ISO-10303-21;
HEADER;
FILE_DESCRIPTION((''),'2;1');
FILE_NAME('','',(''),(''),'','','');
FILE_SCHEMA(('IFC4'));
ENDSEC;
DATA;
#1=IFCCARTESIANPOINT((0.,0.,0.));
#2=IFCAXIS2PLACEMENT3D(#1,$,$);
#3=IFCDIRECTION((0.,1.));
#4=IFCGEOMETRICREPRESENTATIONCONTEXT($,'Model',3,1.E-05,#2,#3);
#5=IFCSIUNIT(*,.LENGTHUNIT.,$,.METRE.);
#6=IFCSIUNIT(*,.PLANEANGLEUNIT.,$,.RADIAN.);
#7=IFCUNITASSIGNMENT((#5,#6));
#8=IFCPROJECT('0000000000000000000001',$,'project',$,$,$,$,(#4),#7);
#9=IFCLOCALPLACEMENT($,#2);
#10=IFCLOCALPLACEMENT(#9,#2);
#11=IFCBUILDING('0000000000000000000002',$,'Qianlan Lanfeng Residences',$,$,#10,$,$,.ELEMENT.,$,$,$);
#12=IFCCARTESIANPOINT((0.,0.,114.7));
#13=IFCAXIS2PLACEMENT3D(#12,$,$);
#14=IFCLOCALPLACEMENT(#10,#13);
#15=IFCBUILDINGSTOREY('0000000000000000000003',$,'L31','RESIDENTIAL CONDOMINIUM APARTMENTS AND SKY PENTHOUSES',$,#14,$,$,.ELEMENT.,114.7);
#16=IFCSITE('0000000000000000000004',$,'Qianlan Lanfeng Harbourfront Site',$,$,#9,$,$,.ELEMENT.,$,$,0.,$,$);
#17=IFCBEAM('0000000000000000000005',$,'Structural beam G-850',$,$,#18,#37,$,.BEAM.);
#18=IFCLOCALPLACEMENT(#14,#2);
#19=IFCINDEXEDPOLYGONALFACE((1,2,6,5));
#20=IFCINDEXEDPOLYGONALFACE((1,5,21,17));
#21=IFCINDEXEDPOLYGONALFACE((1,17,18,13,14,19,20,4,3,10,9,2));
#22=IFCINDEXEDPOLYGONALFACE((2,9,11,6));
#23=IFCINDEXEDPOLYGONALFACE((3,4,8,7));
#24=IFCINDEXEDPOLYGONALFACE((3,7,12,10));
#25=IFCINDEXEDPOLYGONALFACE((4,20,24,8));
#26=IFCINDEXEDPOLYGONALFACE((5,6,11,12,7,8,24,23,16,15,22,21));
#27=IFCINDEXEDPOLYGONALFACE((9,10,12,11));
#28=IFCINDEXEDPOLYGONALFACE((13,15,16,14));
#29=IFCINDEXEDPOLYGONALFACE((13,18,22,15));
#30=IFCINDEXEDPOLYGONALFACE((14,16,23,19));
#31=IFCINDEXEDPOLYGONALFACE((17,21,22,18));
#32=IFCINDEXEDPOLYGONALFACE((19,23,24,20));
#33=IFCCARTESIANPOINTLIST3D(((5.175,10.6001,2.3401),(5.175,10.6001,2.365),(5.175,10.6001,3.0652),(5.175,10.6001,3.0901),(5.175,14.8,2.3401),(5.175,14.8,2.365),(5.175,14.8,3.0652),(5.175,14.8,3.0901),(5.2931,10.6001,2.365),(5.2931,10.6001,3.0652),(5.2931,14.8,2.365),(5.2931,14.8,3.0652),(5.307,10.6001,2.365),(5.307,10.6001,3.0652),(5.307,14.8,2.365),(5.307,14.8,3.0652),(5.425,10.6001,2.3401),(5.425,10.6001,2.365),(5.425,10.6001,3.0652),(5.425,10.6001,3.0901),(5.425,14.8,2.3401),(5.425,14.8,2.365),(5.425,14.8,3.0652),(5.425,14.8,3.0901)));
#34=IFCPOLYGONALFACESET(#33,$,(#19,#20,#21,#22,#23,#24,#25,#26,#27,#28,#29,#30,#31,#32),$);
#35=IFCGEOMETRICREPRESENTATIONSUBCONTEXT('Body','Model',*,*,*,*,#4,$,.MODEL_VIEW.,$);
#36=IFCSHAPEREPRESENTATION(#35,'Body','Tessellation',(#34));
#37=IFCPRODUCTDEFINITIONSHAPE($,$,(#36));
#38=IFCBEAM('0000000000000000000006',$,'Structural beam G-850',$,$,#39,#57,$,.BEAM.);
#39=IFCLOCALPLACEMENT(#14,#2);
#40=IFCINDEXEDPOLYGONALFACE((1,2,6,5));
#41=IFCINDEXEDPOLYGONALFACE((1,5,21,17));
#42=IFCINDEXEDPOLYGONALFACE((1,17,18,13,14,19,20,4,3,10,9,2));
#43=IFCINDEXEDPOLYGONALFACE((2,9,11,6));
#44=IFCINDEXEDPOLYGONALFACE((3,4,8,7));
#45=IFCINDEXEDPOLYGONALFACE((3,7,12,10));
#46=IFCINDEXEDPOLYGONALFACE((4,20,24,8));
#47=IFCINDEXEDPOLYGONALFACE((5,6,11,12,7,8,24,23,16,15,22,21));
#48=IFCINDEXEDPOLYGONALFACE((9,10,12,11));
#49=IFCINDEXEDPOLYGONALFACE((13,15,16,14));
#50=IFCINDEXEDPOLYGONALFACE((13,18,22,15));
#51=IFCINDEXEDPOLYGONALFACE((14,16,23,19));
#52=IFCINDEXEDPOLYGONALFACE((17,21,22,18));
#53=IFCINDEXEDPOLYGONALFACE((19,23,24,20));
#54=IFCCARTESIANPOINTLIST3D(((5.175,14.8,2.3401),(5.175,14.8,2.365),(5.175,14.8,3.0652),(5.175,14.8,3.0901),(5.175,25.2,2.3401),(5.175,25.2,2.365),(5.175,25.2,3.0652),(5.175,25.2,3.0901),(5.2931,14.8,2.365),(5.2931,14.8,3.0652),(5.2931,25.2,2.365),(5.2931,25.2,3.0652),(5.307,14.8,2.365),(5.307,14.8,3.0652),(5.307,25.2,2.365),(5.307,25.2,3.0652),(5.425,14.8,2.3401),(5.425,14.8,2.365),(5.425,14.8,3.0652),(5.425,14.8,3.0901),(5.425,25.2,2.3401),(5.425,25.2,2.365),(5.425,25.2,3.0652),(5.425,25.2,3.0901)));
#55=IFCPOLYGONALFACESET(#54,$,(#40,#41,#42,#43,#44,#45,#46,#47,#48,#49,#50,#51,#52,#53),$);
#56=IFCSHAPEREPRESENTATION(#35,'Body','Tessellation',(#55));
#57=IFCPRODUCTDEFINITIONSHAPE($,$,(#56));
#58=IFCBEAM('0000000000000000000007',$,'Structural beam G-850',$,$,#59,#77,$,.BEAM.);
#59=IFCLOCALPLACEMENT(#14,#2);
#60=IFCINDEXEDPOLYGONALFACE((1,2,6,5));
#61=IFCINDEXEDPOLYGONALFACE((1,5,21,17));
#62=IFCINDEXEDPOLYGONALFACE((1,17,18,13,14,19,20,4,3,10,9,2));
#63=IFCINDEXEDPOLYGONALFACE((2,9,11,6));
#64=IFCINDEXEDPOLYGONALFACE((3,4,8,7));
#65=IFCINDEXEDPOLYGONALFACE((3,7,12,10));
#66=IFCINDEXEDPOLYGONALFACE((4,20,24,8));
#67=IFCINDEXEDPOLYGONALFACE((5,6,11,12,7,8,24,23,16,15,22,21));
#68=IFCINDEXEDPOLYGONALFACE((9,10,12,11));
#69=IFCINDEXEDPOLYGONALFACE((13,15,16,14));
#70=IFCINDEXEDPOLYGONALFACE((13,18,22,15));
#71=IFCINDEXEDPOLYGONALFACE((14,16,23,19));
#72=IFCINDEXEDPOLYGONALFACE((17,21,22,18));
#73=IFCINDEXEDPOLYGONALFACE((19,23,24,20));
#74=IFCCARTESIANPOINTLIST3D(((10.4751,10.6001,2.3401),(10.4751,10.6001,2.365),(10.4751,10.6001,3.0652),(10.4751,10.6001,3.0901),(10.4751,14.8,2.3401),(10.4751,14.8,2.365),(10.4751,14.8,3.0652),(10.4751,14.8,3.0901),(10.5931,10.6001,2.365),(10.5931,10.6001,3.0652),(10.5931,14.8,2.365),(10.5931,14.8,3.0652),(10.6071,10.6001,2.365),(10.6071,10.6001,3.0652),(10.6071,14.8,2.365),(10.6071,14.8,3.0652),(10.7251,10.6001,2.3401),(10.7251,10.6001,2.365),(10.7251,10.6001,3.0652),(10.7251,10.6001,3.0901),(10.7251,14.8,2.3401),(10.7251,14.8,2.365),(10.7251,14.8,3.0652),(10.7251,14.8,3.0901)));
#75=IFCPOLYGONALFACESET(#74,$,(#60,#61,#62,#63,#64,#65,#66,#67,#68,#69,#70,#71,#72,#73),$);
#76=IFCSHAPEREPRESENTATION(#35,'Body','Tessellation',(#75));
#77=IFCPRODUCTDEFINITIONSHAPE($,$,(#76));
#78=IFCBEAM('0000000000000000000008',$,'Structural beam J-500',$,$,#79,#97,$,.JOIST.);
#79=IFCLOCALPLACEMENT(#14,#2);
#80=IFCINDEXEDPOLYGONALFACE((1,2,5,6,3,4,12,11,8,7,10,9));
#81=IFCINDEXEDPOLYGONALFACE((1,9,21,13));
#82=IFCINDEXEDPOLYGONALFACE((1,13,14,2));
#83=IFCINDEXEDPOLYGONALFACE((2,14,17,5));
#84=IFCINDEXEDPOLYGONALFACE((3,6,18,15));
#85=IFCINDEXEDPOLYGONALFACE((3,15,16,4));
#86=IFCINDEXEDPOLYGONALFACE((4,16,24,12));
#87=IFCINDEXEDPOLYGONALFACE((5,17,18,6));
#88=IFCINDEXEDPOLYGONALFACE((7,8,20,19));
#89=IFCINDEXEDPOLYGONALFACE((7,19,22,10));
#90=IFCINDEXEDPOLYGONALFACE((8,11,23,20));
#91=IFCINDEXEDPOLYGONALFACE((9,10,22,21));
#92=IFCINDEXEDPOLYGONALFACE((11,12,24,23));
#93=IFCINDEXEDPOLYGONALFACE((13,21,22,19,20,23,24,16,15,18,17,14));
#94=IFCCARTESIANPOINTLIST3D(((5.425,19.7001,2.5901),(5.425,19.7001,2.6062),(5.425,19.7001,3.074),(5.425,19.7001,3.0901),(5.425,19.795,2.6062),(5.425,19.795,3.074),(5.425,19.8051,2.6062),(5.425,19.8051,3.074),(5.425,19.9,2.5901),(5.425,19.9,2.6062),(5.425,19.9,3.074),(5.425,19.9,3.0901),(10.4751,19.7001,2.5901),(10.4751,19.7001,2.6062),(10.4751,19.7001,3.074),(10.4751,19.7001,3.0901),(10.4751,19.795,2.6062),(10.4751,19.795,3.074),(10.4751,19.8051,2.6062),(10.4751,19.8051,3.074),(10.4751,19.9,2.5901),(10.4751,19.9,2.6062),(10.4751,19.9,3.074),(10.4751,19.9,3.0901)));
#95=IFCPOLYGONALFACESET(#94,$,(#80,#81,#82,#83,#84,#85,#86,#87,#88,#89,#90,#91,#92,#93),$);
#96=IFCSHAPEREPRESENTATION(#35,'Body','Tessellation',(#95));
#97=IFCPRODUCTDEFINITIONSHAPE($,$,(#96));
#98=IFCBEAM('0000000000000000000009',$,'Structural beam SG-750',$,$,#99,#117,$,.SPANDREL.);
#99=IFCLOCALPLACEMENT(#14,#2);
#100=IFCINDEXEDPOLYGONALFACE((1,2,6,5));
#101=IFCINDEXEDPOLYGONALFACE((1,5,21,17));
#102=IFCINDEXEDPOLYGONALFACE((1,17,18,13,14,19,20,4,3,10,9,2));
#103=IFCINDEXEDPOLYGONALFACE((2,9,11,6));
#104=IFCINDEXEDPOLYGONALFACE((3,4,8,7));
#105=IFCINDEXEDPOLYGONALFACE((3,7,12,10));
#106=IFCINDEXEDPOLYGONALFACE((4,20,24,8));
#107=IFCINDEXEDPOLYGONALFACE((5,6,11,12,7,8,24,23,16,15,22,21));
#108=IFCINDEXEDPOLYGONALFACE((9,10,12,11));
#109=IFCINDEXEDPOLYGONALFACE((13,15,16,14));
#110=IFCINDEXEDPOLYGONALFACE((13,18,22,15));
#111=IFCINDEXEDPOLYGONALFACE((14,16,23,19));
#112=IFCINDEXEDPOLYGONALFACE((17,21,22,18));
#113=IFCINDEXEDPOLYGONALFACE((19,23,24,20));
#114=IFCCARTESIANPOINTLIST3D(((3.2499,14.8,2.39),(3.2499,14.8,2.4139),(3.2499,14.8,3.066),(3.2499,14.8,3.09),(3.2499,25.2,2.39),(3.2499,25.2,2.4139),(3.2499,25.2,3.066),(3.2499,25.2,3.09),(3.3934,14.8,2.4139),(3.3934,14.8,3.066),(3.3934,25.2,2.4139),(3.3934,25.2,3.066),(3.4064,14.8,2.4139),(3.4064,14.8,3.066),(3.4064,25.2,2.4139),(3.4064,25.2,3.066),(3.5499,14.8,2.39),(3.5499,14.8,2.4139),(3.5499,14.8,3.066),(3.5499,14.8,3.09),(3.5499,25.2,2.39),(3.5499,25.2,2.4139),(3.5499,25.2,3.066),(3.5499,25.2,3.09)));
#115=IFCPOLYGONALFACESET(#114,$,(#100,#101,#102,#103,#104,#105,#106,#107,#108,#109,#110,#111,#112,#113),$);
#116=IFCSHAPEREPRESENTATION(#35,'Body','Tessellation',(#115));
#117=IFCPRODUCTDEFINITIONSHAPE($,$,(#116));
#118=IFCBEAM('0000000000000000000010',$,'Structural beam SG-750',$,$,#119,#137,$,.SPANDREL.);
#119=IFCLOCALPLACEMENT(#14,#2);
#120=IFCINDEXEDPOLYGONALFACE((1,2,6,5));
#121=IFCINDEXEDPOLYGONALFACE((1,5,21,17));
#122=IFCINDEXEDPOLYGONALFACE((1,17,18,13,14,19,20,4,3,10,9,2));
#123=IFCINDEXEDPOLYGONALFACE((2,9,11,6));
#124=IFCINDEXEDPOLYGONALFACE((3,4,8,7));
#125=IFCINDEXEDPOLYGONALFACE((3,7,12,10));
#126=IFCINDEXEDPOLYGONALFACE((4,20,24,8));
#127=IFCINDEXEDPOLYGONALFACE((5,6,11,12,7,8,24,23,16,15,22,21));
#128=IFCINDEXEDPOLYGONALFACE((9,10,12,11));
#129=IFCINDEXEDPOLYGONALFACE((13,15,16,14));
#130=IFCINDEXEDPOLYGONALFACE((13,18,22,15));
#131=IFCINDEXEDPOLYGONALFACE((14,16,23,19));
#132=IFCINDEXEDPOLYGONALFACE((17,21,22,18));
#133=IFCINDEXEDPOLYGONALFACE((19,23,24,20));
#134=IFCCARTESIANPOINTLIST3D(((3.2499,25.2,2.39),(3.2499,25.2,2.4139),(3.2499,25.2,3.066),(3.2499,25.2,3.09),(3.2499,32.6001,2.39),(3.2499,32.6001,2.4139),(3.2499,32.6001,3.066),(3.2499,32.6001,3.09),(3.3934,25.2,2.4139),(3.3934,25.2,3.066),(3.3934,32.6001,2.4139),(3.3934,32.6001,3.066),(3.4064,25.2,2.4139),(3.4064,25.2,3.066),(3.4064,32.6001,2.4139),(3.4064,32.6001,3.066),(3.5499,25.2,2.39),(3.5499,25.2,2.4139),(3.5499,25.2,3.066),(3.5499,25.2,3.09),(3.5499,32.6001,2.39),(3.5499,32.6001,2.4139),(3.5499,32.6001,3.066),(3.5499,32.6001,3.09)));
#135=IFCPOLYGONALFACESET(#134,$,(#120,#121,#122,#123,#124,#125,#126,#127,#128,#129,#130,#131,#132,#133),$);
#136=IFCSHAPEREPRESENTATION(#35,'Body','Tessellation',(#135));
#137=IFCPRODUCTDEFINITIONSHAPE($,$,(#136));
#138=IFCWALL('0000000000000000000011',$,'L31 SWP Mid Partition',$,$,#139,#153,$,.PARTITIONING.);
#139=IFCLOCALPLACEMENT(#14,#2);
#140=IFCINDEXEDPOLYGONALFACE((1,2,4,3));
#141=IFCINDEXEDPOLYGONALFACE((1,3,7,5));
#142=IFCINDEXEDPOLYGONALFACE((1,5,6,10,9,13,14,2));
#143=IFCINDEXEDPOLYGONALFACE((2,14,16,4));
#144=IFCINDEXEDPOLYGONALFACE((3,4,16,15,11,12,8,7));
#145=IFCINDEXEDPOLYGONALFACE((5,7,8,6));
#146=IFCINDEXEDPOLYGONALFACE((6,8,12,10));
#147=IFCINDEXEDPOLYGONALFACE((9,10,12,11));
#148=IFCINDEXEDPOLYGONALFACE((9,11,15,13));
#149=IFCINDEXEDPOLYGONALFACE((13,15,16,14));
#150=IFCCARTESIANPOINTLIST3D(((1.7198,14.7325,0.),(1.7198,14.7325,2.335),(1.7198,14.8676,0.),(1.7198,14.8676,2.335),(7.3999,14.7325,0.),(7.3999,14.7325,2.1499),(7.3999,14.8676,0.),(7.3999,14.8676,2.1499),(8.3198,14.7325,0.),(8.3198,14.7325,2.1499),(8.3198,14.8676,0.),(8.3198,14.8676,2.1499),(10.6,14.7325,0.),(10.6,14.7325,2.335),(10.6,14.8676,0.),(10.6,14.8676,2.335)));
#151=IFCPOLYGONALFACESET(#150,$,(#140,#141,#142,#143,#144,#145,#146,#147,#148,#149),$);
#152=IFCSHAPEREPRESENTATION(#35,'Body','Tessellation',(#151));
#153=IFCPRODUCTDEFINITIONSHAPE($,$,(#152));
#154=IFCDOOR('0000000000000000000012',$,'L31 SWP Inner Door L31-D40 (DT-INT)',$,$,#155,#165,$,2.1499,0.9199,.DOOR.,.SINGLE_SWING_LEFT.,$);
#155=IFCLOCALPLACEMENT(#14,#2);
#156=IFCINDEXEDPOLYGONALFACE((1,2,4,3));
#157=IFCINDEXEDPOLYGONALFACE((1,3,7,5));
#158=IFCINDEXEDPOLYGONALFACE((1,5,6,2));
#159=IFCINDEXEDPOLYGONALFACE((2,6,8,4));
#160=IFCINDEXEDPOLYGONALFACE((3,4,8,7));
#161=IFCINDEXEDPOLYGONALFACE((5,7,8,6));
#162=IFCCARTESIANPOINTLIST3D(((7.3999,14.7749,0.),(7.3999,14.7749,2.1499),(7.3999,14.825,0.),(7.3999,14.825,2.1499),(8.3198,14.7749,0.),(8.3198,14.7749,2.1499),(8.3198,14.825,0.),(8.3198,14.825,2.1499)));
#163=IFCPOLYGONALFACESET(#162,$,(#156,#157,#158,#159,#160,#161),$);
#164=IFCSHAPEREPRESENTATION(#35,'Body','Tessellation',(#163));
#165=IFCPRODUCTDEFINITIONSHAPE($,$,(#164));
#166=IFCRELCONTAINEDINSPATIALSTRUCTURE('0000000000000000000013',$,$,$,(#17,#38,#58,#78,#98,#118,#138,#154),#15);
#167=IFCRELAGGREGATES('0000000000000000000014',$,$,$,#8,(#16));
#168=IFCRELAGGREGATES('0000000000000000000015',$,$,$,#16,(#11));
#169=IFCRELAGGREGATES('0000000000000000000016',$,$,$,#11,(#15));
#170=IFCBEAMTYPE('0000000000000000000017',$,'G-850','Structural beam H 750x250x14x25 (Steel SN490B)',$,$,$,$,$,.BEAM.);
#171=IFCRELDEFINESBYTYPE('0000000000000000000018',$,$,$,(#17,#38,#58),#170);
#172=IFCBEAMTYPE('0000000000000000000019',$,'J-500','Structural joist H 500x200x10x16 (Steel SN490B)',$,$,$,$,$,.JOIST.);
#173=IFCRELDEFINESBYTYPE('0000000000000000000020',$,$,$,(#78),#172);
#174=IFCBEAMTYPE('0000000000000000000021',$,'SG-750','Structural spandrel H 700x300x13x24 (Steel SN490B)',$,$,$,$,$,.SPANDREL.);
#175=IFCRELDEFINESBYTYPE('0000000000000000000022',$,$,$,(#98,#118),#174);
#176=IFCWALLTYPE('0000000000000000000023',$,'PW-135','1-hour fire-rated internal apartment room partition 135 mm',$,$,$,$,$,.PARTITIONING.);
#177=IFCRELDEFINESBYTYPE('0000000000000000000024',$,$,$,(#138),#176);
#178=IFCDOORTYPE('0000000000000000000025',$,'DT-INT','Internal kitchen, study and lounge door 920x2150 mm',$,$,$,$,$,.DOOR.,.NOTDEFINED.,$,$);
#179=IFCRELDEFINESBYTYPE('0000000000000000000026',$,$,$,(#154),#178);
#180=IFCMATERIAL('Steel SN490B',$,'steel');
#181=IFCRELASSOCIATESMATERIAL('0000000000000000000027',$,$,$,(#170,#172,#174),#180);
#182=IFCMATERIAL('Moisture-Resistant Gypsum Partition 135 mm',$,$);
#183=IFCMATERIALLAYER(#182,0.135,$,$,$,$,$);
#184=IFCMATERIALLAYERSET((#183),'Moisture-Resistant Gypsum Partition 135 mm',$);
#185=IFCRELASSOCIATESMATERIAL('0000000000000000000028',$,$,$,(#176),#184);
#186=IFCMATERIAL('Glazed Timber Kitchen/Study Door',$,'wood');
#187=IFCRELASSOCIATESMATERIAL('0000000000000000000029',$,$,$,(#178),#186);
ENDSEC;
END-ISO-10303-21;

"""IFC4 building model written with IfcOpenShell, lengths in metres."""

from ifc_helpers import new_model, si_unit, direction, frame, frame_2d, origin, origin_2d, place, context, subcontext, project, spatial, rectangle, i_section, extrude, material, layer, layer_set, material_profile, profile_set, type_object, element, fill, save


model = new_model("IFC4")

# Units and contexts
model_context = context("Model", 3, precision=1e-05, world=origin(), true_north=direction((0.0, 1.0)))
body_context = subcontext(model_context, "Body", "Model", "MODEL_VIEW")
ifc_project = project(units=[si_unit("LENGTHUNIT", "METRE"), si_unit("PLANEANGLEUNIT", "RADIAN")], contexts=[model_context])

# Site, building, storey
site_placement = place(None, origin())
site = spatial("IfcSite", under=ifc_project, at=site_placement, Name="Qianlan Lanfeng Harbourfront Site", CompositionType="ELEMENT", RefElevation=0.0)
building_placement = place(site_placement, origin())
building = spatial("IfcBuilding", under=site, at=building_placement, Name="Qianlan Lanfeng Residences", CompositionType="ELEMENT")
storey_placement = place(building_placement, frame((0.0, 0.0, 114.7)))
storey = spatial("IfcBuildingStorey", under=building, at=storey_placement, Name="L31", Description="RESIDENTIAL CONDOMINIUM APARTMENTS AND SKY PENTHOUSES", CompositionType="ELEMENT", Elevation=114.7)

# Shared definitions
ifc_material_1 = material(Name="Steel SN490B", Category="steel")

# Beams
ifc_material_profile_1 = material_profile(ifc_material_1, i_section(OverallWidth=0.25, OverallDepth=0.75, WebThickness=0.0139, FlangeThickness=0.0249, at=origin_2d()), Name="H 750x250x14x25")
ifc_profile_set_1 = profile_set([ifc_material_profile_1], Name="Steel SN490B")
beam_type_1 = type_object("IfcBeamType", Name="G-850", Description="Structural beam H 750x250x14x25 (Steel SN490B)", PredefinedType="BEAM", material=ifc_profile_set_1)
beam_1_placement = place(storey_placement, frame((5.3, 10.6001, 2.7151), z_axis=(0.0, 1.0, 0.0), x_axis=(-1.0, 0.0, 0.0)))
element("IfcBeam", 1, at=beam_1_placement, inside=storey, type_object=beam_type_1, Name="Structural beam G-850", PredefinedType="BEAM", context=body_context, shape_type="SweptSolid", body=[
    extrude(i_section(OverallWidth=0.25, OverallDepth=0.75, WebThickness=0.0139, FlangeThickness=0.0249, at=origin_2d()), origin(), (0.0, 0.0, 1.0), 4.2),
])
beam_2_placement = place(storey_placement, frame((5.3, 14.8, 2.7151), z_axis=(0.0, 1.0, 0.0), x_axis=(-1.0, 0.0, 0.0)))
element("IfcBeam", 2, at=beam_2_placement, inside=storey, type_object=beam_type_1, Name="Structural beam G-850", PredefinedType="BEAM", context=body_context, shape_type="SweptSolid", body=[
    extrude(i_section(OverallWidth=0.25, OverallDepth=0.75, WebThickness=0.0139, FlangeThickness=0.0249, at=origin_2d()), origin(), (0.0, 0.0, 1.0), 10.3999),
])
beam_3_placement = place(storey_placement, frame((10.6001, 10.6001, 2.7151), z_axis=(0.0, 1.0, 0.0), x_axis=(-1.0, 0.0, 0.0)))
element("IfcBeam", 3, at=beam_3_placement, inside=storey, type_object=beam_type_1, Name="Structural beam G-850", PredefinedType="BEAM", context=body_context, shape_type="SweptSolid", body=[
    extrude(i_section(OverallWidth=0.25, OverallDepth=0.75, WebThickness=0.0139, FlangeThickness=0.0249, at=origin_2d()), origin(), (0.0, 0.0, 1.0), 4.2),
])
ifc_material_profile_2 = material_profile(ifc_material_1, i_section(OverallWidth=0.2, OverallDepth=0.5, WebThickness=0.01, FlangeThickness=0.0161, at=origin_2d()), Name="H 500x200x10x16")
ifc_profile_set_2 = profile_set([ifc_material_profile_2], Name="Steel SN490B")
beam_type_2 = type_object("IfcBeamType", Name="J-500", Description="Structural joist H 500x200x10x16 (Steel SN490B)", PredefinedType="JOIST", material=ifc_profile_set_2)
beam_4_placement = place(storey_placement, frame((5.425, 19.8, 2.8401), z_axis=(1.0, 0.0, 0.0), x_axis=(0.0, 1.0, 0.0)))
element("IfcBeam", 4, at=beam_4_placement, inside=storey, type_object=beam_type_2, Name="Structural beam J-500", PredefinedType="JOIST", context=body_context, shape_type="SweptSolid", body=[
    extrude(i_section(OverallWidth=0.2, OverallDepth=0.5, WebThickness=0.01, FlangeThickness=0.0161, at=origin_2d()), origin(), (0.0, 0.0, 1.0), 5.05),
])
ifc_material_profile_3 = material_profile(ifc_material_1, i_section(OverallWidth=0.3, OverallDepth=0.7, WebThickness=0.0129, FlangeThickness=0.0239, at=origin_2d()), Name="H 700x300x13x24")
ifc_profile_set_3 = profile_set([ifc_material_profile_3], Name="Steel SN490B")
beam_type_3 = type_object("IfcBeamType", Name="SG-750", Description="Structural spandrel H 700x300x13x24 (Steel SN490B)", PredefinedType="SPANDREL", material=ifc_profile_set_3)
beam_5_placement = place(storey_placement, frame((3.3999, 14.8, 2.74), z_axis=(0.0, 1.0, 0.0), x_axis=(-1.0, 0.0, 0.0)))
element("IfcBeam", 5, at=beam_5_placement, inside=storey, type_object=beam_type_3, Name="Structural beam SG-750", PredefinedType="SPANDREL", context=body_context, shape_type="SweptSolid", body=[
    extrude(i_section(OverallWidth=0.3, OverallDepth=0.7, WebThickness=0.0129, FlangeThickness=0.0239, at=origin_2d()), origin(), (0.0, 0.0, 1.0), 10.3999),
])
beam_6_placement = place(storey_placement, frame((3.3999, 25.2, 2.74), z_axis=(0.0, 1.0, 0.0), x_axis=(-1.0, 0.0, 0.0)))
element("IfcBeam", 6, at=beam_6_placement, inside=storey, type_object=beam_type_3, Name="Structural beam SG-750", PredefinedType="SPANDREL", context=body_context, shape_type="SweptSolid", body=[
    extrude(i_section(OverallWidth=0.3, OverallDepth=0.7, WebThickness=0.0129, FlangeThickness=0.0239, at=origin_2d()), origin(), (0.0, 0.0, 1.0), 7.4001),
])

# Wall, opening, door
ifc_material_2 = material(Name="Moisture-Resistant Gypsum Partition 135 mm")
ifc_layer_1 = layer(ifc_material_2, 0.135)
ifc_layer_set_1 = layer_set([ifc_layer_1], Name="Moisture-Resistant Gypsum Partition 135 mm")
wall_type_1 = type_object("IfcWallType", Name="PW-135", Description="1-hour fire-rated internal apartment room partition 135 mm", PredefinedType="PARTITIONING", material=ifc_layer_set_1)
ifc_material_3 = material(Name="Glazed Timber Kitchen/Study Door", Category="wood")
door_type_1 = type_object("IfcDoorType", Name="DT-INT", Description="Internal kitchen, study and lounge door 920x2150 mm", OperationType="NOTDEFINED", PredefinedType="DOOR", material=ifc_material_3)
wall_1_placement = place(storey_placement, frame((1.72, 14.8, 0.0), z_axis=(0.0, 0.0, 1.0), x_axis=(1.0, 0.0, 0.0)))
wall_1 = element("IfcWall", 7, at=wall_1_placement, inside=storey, type_object=wall_type_1, Name="L31 SWP Mid Partition", PredefinedType="PARTITIONING", context=body_context, shape_type="SweptSolid", body=[
    extrude(rectangle(XDim=8.8801, YDim=0.135, at=frame_2d((4.4399, 0.0))), origin(), (0.0, 0.0, 1.0), 2.335),
])
opening_1_placement = place(wall_1_placement, frame((5.6799, 0.0, 0.0)))
opening_1 = element("IfcOpeningElement", 8, at=opening_1_placement, cuts=wall_1, PredefinedType="OPENING", context=body_context, shape_type="SweptSolid", body=[
    extrude(rectangle(XDim=0.9199, YDim=2.1499, at=frame_2d((0.46, 1.075))), frame((0.0, 0.0776, 0.0), z_axis=(0.0, -1.0, 0.0), x_axis=(1.0, 0.0, 0.0)), (0.0, 0.0, 1.0), 0.155),
])
door_1_placement = place(opening_1_placement, origin())
door_1 = element("IfcDoor", 9, at=door_1_placement, inside=storey, type_object=door_type_1, Name="L31 SWP Inner Door L31-D40 (DT-INT)", OperationType="SINGLE_SWING_LEFT", OverallHeight=2.1499, OverallWidth=0.9199, PredefinedType="DOOR", context=body_context, shape_type="SweptSolid", body=[
    extrude(rectangle(XDim=0.9199, YDim=2.1499, at=frame_2d((0.46, 1.075))), frame((0.0, 0.0249, 0.0), z_axis=(0.0, -1.0, 0.0), x_axis=(1.0, 0.0, 0.0)), (0.0, 0.0, 1.0), 0.05),
])
fill(opening_1, door_1)

save(model, "model.ifc")
